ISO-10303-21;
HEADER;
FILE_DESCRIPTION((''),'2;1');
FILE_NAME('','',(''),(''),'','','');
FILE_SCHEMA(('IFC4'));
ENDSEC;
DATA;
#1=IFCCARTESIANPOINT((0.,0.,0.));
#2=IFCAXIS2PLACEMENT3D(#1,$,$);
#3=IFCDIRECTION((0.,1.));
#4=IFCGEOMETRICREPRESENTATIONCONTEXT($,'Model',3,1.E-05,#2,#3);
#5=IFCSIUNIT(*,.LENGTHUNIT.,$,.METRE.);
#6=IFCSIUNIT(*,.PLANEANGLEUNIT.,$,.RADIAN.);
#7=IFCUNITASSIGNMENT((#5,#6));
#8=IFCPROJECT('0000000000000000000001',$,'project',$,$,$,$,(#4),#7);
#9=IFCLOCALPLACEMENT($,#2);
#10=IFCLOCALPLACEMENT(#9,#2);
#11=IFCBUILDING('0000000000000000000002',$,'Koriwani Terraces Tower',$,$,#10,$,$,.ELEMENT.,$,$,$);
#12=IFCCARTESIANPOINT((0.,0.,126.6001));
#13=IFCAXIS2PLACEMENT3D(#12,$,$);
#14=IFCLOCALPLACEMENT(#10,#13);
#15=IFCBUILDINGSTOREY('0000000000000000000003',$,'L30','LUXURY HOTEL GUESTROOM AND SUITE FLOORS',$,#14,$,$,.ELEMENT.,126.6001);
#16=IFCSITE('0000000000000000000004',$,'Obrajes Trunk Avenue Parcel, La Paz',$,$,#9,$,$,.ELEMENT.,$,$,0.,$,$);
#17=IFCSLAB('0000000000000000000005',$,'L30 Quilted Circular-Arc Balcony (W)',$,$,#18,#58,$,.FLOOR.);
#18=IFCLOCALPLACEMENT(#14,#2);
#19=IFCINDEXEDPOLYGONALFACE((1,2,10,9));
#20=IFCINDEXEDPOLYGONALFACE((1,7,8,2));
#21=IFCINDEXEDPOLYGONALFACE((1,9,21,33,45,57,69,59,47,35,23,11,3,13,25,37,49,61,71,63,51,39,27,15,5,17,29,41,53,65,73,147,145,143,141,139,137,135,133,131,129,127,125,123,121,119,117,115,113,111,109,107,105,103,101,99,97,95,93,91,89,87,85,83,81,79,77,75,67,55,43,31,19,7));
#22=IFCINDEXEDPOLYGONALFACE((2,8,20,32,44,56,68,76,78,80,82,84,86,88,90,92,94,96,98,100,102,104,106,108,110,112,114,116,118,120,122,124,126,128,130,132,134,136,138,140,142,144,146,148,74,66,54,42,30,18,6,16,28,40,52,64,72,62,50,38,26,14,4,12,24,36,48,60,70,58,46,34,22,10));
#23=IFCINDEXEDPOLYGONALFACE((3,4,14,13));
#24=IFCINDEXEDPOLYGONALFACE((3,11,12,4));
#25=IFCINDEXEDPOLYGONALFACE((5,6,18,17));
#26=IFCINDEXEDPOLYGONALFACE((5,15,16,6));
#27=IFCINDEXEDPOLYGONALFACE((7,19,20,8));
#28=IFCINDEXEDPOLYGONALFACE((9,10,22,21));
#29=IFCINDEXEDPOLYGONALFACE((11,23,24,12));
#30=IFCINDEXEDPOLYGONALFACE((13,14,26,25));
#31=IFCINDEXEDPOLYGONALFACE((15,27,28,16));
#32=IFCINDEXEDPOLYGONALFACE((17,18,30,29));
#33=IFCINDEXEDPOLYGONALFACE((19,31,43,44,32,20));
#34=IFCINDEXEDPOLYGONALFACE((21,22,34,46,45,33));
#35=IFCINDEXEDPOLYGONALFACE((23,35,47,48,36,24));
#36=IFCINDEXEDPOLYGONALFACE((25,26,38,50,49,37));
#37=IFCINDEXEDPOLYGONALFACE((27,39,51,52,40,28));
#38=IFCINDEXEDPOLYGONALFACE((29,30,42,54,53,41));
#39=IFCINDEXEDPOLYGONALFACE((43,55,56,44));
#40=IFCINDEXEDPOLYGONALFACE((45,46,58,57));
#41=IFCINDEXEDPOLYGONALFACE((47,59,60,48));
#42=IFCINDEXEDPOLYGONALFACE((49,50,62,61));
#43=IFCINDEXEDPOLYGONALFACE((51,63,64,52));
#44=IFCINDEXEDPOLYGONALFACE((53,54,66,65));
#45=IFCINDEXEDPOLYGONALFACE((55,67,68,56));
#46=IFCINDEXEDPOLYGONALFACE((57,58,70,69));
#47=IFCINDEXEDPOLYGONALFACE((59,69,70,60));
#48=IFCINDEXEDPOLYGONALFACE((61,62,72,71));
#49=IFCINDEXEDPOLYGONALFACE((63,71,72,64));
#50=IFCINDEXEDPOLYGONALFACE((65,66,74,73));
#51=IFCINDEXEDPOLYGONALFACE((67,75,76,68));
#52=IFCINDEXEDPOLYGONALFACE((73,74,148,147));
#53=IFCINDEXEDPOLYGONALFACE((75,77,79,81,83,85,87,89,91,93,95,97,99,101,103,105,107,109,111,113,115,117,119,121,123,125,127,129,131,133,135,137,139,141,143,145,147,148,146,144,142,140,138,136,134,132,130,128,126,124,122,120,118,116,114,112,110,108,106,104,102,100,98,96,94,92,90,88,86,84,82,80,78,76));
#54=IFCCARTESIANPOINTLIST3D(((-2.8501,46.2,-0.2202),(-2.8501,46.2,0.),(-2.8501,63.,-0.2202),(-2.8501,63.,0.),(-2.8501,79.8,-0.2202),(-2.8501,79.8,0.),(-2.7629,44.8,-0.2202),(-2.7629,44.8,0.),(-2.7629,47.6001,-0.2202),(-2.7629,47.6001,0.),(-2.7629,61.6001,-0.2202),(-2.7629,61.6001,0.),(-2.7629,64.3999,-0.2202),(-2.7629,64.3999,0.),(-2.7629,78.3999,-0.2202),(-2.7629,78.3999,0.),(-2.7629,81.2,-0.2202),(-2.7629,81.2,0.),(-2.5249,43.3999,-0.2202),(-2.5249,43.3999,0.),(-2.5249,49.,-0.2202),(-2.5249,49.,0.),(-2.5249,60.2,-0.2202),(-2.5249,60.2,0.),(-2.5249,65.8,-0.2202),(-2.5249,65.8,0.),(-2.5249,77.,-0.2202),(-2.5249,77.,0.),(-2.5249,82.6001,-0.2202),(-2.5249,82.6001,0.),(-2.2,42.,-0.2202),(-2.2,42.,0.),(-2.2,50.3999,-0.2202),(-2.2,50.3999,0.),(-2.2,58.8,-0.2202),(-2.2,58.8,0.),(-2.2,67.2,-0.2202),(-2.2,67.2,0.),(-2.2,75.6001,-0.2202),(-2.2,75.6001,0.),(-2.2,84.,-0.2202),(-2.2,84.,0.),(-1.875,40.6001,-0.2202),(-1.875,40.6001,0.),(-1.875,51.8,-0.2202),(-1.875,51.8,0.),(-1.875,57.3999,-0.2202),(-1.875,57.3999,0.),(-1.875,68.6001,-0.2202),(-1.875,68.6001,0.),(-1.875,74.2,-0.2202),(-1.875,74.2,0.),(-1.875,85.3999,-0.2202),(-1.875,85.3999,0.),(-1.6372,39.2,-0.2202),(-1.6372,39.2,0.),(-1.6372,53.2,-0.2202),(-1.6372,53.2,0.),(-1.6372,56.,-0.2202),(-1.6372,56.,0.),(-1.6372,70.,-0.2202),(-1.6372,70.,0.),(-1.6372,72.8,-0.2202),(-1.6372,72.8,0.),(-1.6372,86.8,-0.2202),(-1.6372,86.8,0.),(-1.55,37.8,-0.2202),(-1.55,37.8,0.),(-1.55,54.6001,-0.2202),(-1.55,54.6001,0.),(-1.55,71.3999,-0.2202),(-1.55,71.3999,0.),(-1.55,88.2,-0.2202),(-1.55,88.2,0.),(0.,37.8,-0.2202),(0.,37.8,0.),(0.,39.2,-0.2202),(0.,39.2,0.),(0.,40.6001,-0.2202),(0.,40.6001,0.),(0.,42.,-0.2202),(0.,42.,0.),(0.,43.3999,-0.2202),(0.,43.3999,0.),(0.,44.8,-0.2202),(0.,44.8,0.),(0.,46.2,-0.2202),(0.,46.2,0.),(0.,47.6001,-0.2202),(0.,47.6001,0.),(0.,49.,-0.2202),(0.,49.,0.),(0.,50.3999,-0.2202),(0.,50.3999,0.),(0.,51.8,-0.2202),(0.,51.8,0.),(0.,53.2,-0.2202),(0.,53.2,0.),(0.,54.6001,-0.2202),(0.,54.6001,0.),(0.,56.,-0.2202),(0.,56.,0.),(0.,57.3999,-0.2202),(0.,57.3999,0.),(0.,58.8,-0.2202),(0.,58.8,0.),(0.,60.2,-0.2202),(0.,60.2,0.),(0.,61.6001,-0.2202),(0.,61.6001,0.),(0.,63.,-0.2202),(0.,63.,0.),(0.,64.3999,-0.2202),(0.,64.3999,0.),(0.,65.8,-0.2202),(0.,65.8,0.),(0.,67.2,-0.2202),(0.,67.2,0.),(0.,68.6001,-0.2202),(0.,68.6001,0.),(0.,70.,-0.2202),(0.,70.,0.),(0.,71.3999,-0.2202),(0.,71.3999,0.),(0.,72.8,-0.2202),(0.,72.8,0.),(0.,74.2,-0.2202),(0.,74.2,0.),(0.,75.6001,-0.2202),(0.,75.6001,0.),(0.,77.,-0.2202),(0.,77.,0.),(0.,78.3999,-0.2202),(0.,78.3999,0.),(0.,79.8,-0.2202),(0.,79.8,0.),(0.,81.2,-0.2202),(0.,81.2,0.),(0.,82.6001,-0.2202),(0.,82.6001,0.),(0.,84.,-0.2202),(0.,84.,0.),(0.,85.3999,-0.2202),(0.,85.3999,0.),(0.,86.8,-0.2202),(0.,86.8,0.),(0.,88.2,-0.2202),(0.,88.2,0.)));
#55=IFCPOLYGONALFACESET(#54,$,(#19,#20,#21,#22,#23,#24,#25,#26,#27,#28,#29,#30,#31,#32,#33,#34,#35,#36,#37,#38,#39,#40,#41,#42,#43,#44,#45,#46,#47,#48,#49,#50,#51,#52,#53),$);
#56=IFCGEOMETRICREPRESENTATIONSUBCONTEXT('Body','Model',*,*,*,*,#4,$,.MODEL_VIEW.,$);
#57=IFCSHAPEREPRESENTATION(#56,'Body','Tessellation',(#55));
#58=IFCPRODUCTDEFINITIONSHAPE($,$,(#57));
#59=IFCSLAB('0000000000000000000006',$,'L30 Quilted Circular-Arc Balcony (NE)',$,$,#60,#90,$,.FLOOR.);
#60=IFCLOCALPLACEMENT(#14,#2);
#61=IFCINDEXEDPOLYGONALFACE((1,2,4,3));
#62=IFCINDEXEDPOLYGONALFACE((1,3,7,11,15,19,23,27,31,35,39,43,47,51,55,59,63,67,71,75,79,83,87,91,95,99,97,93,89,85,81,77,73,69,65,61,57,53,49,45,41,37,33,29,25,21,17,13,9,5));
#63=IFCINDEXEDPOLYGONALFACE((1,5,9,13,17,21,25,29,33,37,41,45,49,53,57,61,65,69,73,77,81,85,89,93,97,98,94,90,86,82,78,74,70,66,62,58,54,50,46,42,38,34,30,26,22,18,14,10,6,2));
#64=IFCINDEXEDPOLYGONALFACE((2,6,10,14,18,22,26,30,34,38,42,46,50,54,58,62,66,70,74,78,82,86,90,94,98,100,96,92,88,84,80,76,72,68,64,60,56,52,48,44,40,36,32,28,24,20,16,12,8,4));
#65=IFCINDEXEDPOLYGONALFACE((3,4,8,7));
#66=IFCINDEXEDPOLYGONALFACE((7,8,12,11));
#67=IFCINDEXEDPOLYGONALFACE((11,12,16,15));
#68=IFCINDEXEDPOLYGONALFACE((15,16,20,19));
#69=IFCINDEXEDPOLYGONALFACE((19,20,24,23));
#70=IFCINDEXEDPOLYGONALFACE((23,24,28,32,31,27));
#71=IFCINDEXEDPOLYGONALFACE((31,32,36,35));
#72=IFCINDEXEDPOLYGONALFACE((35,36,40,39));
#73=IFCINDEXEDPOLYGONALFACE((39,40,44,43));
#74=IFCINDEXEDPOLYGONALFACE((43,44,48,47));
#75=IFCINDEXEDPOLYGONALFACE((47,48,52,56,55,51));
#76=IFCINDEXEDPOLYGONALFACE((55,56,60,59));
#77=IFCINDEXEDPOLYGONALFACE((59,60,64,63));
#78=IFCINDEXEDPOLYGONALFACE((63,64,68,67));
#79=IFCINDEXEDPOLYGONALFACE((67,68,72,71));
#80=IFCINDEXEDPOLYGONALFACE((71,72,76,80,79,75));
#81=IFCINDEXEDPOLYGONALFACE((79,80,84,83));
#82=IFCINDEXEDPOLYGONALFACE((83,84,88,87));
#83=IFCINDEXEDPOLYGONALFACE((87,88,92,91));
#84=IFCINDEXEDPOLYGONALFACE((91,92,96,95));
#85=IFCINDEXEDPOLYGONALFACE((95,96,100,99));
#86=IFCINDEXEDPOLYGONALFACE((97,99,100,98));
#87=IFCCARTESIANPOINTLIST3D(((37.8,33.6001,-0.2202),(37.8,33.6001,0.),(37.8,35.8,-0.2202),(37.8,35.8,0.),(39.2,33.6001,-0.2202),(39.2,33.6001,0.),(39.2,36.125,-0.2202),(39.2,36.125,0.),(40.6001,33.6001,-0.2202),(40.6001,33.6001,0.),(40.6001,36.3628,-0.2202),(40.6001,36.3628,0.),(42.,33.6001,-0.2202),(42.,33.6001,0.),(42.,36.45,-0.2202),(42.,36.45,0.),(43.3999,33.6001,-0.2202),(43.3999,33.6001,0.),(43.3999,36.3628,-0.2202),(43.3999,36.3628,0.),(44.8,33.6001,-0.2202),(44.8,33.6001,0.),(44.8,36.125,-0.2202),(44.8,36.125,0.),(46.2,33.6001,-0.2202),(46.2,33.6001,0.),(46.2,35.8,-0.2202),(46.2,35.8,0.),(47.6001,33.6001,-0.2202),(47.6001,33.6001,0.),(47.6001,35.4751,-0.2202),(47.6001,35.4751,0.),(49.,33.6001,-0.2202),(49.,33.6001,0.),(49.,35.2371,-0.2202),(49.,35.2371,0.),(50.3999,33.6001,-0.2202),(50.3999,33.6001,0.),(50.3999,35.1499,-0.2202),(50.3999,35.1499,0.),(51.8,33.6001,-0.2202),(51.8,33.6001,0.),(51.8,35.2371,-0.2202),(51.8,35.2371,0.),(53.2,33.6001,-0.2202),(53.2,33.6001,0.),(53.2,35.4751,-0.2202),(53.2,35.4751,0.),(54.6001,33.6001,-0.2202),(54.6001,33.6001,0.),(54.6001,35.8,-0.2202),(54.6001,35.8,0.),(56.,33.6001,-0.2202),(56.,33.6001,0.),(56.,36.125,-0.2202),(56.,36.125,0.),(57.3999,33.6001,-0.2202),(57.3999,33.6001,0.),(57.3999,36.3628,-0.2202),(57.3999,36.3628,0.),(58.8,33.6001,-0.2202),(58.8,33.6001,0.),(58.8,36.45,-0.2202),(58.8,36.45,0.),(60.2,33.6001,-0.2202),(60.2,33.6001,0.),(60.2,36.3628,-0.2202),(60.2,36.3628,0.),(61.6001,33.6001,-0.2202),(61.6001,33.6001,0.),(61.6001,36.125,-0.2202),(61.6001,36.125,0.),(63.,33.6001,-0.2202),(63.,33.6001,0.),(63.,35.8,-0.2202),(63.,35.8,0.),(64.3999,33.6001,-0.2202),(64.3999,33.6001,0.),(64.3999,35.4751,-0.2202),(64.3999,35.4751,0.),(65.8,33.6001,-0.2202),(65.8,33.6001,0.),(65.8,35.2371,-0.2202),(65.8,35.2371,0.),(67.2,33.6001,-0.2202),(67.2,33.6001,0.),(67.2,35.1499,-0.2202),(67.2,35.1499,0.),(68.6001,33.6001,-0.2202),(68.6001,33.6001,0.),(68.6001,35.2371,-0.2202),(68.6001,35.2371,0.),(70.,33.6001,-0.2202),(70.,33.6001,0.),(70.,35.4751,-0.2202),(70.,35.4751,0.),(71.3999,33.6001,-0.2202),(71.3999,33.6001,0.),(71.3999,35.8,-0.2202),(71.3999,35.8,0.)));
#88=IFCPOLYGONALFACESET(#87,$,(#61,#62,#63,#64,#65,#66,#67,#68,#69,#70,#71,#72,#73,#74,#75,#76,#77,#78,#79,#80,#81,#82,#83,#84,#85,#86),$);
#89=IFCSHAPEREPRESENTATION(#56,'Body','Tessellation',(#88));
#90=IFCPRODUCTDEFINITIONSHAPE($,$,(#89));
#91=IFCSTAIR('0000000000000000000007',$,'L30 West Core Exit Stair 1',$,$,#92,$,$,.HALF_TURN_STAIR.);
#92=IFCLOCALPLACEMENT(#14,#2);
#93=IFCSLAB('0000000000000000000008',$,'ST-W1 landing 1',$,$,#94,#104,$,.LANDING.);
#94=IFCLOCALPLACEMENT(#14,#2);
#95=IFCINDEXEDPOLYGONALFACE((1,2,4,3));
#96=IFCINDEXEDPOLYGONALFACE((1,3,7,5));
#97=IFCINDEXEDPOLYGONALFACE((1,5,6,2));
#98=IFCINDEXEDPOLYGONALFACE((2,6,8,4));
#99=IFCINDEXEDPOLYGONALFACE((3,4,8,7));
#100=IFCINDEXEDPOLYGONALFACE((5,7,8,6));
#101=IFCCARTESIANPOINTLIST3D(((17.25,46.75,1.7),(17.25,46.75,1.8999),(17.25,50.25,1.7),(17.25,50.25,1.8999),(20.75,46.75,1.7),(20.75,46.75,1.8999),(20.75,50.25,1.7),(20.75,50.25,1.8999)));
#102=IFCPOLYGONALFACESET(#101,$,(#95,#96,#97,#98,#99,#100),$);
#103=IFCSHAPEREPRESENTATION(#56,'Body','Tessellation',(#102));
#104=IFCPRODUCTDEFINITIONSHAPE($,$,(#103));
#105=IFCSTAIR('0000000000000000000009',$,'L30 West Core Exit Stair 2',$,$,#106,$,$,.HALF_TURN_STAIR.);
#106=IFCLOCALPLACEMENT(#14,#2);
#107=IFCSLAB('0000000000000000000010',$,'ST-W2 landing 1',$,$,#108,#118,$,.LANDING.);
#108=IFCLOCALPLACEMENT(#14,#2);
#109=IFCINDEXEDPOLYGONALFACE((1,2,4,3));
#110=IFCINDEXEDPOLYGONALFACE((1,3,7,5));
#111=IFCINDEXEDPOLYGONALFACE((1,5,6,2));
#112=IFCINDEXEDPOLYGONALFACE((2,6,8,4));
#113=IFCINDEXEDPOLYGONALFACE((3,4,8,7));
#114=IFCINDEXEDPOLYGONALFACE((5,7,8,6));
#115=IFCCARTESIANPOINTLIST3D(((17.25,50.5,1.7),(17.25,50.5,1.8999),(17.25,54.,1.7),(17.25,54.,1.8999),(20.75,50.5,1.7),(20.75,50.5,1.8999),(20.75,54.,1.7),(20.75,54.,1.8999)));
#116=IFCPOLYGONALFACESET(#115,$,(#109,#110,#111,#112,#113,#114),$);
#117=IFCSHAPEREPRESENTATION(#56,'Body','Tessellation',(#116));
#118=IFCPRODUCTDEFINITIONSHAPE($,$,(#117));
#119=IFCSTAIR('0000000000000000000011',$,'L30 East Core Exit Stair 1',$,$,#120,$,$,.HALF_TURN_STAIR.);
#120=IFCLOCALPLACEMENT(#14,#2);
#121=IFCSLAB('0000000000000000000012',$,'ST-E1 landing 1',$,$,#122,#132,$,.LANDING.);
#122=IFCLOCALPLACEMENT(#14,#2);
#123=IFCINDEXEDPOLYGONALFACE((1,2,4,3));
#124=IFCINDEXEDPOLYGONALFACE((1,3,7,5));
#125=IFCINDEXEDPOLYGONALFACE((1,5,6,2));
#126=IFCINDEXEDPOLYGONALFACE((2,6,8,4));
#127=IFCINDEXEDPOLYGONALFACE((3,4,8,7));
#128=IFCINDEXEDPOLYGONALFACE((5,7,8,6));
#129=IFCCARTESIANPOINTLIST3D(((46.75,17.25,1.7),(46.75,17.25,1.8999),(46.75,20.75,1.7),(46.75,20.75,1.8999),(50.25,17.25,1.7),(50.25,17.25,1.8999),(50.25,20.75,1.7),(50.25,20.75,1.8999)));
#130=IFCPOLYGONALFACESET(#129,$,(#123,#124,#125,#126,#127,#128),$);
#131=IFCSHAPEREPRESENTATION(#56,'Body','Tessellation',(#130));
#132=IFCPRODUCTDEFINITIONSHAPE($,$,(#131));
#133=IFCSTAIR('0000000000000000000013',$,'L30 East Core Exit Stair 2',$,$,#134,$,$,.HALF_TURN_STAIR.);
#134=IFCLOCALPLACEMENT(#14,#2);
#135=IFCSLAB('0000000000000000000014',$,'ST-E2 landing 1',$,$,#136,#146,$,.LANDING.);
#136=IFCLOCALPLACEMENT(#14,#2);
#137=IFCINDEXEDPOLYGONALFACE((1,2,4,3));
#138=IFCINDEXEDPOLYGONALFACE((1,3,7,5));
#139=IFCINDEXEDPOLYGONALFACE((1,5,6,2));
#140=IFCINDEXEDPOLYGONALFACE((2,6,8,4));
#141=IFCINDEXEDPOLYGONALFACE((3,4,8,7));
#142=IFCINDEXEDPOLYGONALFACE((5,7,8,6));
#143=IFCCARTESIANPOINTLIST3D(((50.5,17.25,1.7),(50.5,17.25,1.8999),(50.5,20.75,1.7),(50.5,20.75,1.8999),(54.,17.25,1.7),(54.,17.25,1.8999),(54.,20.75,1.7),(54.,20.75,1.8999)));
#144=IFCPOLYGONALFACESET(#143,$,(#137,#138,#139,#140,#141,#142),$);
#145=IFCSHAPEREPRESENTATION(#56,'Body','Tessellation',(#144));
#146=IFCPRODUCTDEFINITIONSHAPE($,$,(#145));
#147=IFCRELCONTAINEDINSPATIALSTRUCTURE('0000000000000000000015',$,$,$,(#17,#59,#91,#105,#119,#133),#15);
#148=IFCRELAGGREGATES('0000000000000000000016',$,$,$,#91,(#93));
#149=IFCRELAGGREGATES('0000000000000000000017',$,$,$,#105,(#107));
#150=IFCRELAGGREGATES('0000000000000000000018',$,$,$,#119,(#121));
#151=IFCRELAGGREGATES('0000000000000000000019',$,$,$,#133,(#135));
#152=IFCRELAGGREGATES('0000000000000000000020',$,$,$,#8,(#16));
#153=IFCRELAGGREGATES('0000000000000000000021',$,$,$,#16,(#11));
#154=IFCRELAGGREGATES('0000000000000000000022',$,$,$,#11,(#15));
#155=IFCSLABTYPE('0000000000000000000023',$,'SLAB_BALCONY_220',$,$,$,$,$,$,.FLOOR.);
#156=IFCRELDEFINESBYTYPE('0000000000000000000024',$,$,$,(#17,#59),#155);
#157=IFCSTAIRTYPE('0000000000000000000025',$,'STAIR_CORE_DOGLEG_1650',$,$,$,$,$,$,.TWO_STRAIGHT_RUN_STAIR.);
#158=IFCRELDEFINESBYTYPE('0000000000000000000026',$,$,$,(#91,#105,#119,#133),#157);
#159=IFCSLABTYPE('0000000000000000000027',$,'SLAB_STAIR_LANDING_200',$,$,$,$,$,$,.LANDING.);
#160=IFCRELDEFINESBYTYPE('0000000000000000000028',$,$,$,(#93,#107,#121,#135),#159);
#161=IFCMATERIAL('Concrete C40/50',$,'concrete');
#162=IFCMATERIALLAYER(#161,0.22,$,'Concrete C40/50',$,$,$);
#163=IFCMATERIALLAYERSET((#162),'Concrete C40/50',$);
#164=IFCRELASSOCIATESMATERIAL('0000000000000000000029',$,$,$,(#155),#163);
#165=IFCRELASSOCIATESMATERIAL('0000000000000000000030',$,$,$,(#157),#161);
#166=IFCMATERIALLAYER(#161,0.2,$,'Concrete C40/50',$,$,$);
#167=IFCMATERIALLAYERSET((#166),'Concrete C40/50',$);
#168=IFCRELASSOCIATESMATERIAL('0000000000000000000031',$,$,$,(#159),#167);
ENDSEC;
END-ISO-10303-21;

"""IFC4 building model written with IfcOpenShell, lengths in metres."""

from ifc_helpers import new_model, si_unit, direction, frame, origin, place, context, subcontext, project, spatial, polyline, outline, extrude, material, layer, layer_set, type_object, element, aggregate, save


model = new_model("IFC4")

# Units and contexts
model_context = context("Model", 3, precision=1e-05, world=origin(), true_north=direction((0.0, 1.0)))
body_context = subcontext(model_context, "Body", "Model", "MODEL_VIEW")
ifc_project = project(units=[si_unit("LENGTHUNIT", "METRE"), si_unit("PLANEANGLEUNIT", "RADIAN")], contexts=[model_context])

# Site, building, storey
site_placement = place(None, origin())
site = spatial("IfcSite", under=ifc_project, at=site_placement, Name="Obrajes Trunk Avenue Parcel, La Paz", CompositionType="ELEMENT", RefElevation=0.0)
building_placement = place(site_placement, origin())
building = spatial("IfcBuilding", under=site, at=building_placement, Name="Koriwani Terraces Tower", CompositionType="ELEMENT")
storey_placement = place(building_placement, frame((0.0, 0.0, 126.6001)))
storey = spatial("IfcBuildingStorey", under=building, at=storey_placement, Name="L30", Description="LUXURY HOTEL GUESTROOM AND SUITE FLOORS", CompositionType="ELEMENT", Elevation=126.6001)

# Slabs
ifc_material_1 = material(Name="Concrete C40/50", Category="concrete")
ifc_layer_1 = layer(ifc_material_1, 0.22, Name="Concrete C40/50")
ifc_layer_set_1 = layer_set([ifc_layer_1], Name="Concrete C40/50")
slab_type_1 = type_object("IfcSlabType", Name="SLAB_BALCONY_220", PredefinedType="FLOOR", material=ifc_layer_set_1)
slab_1_placement = place(storey_placement, frame((0.0, 0.0, -0.2202)))
element("IfcSlab", 1, at=slab_1_placement, inside=storey, type_object=slab_type_1, Name="L30 Quilted Circular-Arc Balcony (W)", PredefinedType="FLOOR", context=body_context, shape_type="SweptSolid", body=[
    extrude(outline(polyline([(0.0, 37.8), (0.0, 39.2), (0.0, 40.6001), (0.0, 42.0), (0.0, 43.3999), (0.0, 44.8), (0.0, 46.2), (0.0, 47.6001), (0.0, 49.0), (0.0, 50.3999), (0.0, 51.8), (0.0, 53.2), (0.0, 54.6001), (0.0, 56.0), (0.0, 57.3999), (0.0, 58.8), (0.0, 60.2), (0.0, 61.6001), (0.0, 63.0), (0.0, 64.3999), (0.0, 65.8), (0.0, 67.2), (0.0, 68.6001), (0.0, 70.0), (0.0, 71.3999), (0.0, 72.8), (0.0, 74.2), (0.0, 75.6001), (0.0, 77.0), (0.0, 78.3999), (0.0, 79.8), (0.0, 81.2), (0.0, 82.6001), (0.0, 84.0), (0.0, 85.3999), (0.0, 86.8), (0.0, 88.2), (-1.55, 88.2), (-1.6372, 86.8), (-1.875, 85.3999), (-2.2, 84.0), (-2.5249, 82.6001), (-2.7629, 81.2), (-2.8501, 79.8), (-2.7629, 78.3999), (-2.5249, 77.0), (-2.2, 75.6001), (-1.875, 74.2), (-1.6372, 72.8), (-1.55, 71.3999), (-1.6372, 70.0), (-1.875, 68.6001), (-2.2, 67.2), (-2.5249, 65.8), (-2.7629, 64.3999), (-2.8501, 63.0), (-2.7629, 61.6001), (-2.5249, 60.2), (-2.2, 58.8), (-1.875, 57.3999), (-1.6372, 56.0), (-1.55, 54.6001), (-1.6372, 53.2), (-1.875, 51.8), (-2.2, 50.3999), (-2.5249, 49.0), (-2.7629, 47.6001), (-2.8501, 46.2), (-2.7629, 44.8), (-2.5249, 43.3999), (-2.2, 42.0), (-1.875, 40.6001), (-1.6372, 39.2), (-1.55, 37.8), (0.0, 37.8)])), origin(), (0.0, 0.0, 1.0), 0.2202),
])
slab_2_placement = place(storey_placement, frame((0.0, 0.0, -0.2202)))
element("IfcSlab", 2, at=slab_2_placement, inside=storey, type_object=slab_type_1, Name="L30 Quilted Circular-Arc Balcony (NE)", PredefinedType="FLOOR", context=body_context, shape_type="SweptSolid", body=[
    extrude(outline(polyline([(71.3999, 33.6001), (70.0, 33.6001), (68.6001, 33.6001), (67.2, 33.6001), (65.8, 33.6001), (64.3999, 33.6001), (63.0, 33.6001), (61.6001, 33.6001), (60.2, 33.6001), (58.8, 33.6001), (57.3999, 33.6001), (56.0, 33.6001), (54.6001, 33.6001), (53.2, 33.6001), (51.8, 33.6001), (50.3999, 33.6001), (49.0, 33.6001), (47.6001, 33.6001), (46.2, 33.6001), (44.8, 33.6001), (43.3999, 33.6001), (42.0, 33.6001), (40.6001, 33.6001), (39.2, 33.6001), (37.8, 33.6001), (37.8, 35.8), (39.2, 36.125), (40.6001, 36.3628), (42.0, 36.45), (43.3999, 36.3628), (44.8, 36.125), (46.2, 35.8), (47.6001, 35.4751), (49.0, 35.2371), (50.3999, 35.1499), (51.8, 35.2371), (53.2, 35.4751), (54.6001, 35.8), (56.0, 36.125), (57.3999, 36.3628), (58.8, 36.45), (60.2, 36.3628), (61.6001, 36.125), (63.0, 35.8), (64.3999, 35.4751), (65.8, 35.2371), (67.2, 35.1499), (68.6001, 35.2371), (70.0, 35.4751), (71.3999, 35.8), (71.3999, 33.6001)])), origin(), (0.0, 0.0, 1.0), 0.2202),
])

# Stairs, slabs
stair_type = type_object("IfcStairType", Name="STAIR_CORE_DOGLEG_1650", PredefinedType="TWO_STRAIGHT_RUN_STAIR", material=ifc_material_1)
stair_1_placement = place(storey_placement, origin())
stair_1 = element("IfcStair", 3, at=stair_1_placement, inside=storey, type_object=stair_type, Name="L30 West Core Exit Stair 1", PredefinedType="HALF_TURN_STAIR")
ifc_layer_2 = layer(ifc_material_1, 0.2, Name="Concrete C40/50")
ifc_layer_set_2 = layer_set([ifc_layer_2], Name="Concrete C40/50")
slab_type_2 = type_object("IfcSlabType", Name="SLAB_STAIR_LANDING_200", PredefinedType="LANDING", material=ifc_layer_set_2)
slab_3_placement = place(storey_placement, frame((0.0, 0.0, 1.7)))
slab_3 = element("IfcSlab", 4, at=slab_3_placement, type_object=slab_type_2, Name="ST-W1 landing 1", PredefinedType="LANDING", context=body_context, shape_type="SweptSolid", body=[
    extrude(outline(polyline([(20.75, 46.75), (20.75, 50.25), (17.25, 50.25), (17.25, 46.75), (20.75, 46.75)])), origin(), (0.0, 0.0, 1.0), 0.2),
])
aggregate(stair_1, [slab_3])
stair_2_placement = place(storey_placement, origin())
stair_2 = element("IfcStair", 5, at=stair_2_placement, inside=storey, type_object=stair_type, Name="L30 West Core Exit Stair 2", PredefinedType="HALF_TURN_STAIR")
slab_4_placement = place(storey_placement, frame((0.0, 0.0, 1.7)))
slab_4 = element("IfcSlab", 6, at=slab_4_placement, type_object=slab_type_2, Name="ST-W2 landing 1", PredefinedType="LANDING", context=body_context, shape_type="SweptSolid", body=[
    extrude(outline(polyline([(17.25, 54.0), (17.25, 50.5), (20.75, 50.5), (20.75, 54.0), (17.25, 54.0)])), origin(), (0.0, 0.0, 1.0), 0.2),
])
aggregate(stair_2, [slab_4])
stair_3_placement = place(storey_placement, origin())
stair_3 = element("IfcStair", 7, at=stair_3_placement, inside=storey, type_object=stair_type, Name="L30 East Core Exit Stair 1", PredefinedType="HALF_TURN_STAIR")
slab_5_placement = place(storey_placement, frame((0.0, 0.0, 1.7)))
slab_5 = element("IfcSlab", 8, at=slab_5_placement, type_object=slab_type_2, Name="ST-E1 landing 1", PredefinedType="LANDING", context=body_context, shape_type="SweptSolid", body=[
    extrude(outline(polyline([(46.75, 17.25), (50.25, 17.25), (50.25, 20.75), (46.75, 20.75), (46.75, 17.25)])), origin(), (0.0, 0.0, 1.0), 0.2),
])
aggregate(stair_3, [slab_5])
stair_4_placement = place(storey_placement, origin())
stair_4 = element("IfcStair", 9, at=stair_4_placement, inside=storey, type_object=stair_type, Name="L30 East Core Exit Stair 2", PredefinedType="HALF_TURN_STAIR")
slab_6_placement = place(storey_placement, frame((0.0, 0.0, 1.7)))
slab_6 = element("IfcSlab", 10, at=slab_6_placement, type_object=slab_type_2, Name="ST-E2 landing 1", PredefinedType="LANDING", context=body_context, shape_type="SweptSolid", body=[
    extrude(outline(polyline([(54.0, 20.75), (50.5, 20.75), (50.5, 17.25), (54.0, 17.25), (54.0, 20.75)])), origin(), (0.0, 0.0, 1.0), 0.2),
])
aggregate(stair_4, [slab_6])

save(model, "model.ifc")
